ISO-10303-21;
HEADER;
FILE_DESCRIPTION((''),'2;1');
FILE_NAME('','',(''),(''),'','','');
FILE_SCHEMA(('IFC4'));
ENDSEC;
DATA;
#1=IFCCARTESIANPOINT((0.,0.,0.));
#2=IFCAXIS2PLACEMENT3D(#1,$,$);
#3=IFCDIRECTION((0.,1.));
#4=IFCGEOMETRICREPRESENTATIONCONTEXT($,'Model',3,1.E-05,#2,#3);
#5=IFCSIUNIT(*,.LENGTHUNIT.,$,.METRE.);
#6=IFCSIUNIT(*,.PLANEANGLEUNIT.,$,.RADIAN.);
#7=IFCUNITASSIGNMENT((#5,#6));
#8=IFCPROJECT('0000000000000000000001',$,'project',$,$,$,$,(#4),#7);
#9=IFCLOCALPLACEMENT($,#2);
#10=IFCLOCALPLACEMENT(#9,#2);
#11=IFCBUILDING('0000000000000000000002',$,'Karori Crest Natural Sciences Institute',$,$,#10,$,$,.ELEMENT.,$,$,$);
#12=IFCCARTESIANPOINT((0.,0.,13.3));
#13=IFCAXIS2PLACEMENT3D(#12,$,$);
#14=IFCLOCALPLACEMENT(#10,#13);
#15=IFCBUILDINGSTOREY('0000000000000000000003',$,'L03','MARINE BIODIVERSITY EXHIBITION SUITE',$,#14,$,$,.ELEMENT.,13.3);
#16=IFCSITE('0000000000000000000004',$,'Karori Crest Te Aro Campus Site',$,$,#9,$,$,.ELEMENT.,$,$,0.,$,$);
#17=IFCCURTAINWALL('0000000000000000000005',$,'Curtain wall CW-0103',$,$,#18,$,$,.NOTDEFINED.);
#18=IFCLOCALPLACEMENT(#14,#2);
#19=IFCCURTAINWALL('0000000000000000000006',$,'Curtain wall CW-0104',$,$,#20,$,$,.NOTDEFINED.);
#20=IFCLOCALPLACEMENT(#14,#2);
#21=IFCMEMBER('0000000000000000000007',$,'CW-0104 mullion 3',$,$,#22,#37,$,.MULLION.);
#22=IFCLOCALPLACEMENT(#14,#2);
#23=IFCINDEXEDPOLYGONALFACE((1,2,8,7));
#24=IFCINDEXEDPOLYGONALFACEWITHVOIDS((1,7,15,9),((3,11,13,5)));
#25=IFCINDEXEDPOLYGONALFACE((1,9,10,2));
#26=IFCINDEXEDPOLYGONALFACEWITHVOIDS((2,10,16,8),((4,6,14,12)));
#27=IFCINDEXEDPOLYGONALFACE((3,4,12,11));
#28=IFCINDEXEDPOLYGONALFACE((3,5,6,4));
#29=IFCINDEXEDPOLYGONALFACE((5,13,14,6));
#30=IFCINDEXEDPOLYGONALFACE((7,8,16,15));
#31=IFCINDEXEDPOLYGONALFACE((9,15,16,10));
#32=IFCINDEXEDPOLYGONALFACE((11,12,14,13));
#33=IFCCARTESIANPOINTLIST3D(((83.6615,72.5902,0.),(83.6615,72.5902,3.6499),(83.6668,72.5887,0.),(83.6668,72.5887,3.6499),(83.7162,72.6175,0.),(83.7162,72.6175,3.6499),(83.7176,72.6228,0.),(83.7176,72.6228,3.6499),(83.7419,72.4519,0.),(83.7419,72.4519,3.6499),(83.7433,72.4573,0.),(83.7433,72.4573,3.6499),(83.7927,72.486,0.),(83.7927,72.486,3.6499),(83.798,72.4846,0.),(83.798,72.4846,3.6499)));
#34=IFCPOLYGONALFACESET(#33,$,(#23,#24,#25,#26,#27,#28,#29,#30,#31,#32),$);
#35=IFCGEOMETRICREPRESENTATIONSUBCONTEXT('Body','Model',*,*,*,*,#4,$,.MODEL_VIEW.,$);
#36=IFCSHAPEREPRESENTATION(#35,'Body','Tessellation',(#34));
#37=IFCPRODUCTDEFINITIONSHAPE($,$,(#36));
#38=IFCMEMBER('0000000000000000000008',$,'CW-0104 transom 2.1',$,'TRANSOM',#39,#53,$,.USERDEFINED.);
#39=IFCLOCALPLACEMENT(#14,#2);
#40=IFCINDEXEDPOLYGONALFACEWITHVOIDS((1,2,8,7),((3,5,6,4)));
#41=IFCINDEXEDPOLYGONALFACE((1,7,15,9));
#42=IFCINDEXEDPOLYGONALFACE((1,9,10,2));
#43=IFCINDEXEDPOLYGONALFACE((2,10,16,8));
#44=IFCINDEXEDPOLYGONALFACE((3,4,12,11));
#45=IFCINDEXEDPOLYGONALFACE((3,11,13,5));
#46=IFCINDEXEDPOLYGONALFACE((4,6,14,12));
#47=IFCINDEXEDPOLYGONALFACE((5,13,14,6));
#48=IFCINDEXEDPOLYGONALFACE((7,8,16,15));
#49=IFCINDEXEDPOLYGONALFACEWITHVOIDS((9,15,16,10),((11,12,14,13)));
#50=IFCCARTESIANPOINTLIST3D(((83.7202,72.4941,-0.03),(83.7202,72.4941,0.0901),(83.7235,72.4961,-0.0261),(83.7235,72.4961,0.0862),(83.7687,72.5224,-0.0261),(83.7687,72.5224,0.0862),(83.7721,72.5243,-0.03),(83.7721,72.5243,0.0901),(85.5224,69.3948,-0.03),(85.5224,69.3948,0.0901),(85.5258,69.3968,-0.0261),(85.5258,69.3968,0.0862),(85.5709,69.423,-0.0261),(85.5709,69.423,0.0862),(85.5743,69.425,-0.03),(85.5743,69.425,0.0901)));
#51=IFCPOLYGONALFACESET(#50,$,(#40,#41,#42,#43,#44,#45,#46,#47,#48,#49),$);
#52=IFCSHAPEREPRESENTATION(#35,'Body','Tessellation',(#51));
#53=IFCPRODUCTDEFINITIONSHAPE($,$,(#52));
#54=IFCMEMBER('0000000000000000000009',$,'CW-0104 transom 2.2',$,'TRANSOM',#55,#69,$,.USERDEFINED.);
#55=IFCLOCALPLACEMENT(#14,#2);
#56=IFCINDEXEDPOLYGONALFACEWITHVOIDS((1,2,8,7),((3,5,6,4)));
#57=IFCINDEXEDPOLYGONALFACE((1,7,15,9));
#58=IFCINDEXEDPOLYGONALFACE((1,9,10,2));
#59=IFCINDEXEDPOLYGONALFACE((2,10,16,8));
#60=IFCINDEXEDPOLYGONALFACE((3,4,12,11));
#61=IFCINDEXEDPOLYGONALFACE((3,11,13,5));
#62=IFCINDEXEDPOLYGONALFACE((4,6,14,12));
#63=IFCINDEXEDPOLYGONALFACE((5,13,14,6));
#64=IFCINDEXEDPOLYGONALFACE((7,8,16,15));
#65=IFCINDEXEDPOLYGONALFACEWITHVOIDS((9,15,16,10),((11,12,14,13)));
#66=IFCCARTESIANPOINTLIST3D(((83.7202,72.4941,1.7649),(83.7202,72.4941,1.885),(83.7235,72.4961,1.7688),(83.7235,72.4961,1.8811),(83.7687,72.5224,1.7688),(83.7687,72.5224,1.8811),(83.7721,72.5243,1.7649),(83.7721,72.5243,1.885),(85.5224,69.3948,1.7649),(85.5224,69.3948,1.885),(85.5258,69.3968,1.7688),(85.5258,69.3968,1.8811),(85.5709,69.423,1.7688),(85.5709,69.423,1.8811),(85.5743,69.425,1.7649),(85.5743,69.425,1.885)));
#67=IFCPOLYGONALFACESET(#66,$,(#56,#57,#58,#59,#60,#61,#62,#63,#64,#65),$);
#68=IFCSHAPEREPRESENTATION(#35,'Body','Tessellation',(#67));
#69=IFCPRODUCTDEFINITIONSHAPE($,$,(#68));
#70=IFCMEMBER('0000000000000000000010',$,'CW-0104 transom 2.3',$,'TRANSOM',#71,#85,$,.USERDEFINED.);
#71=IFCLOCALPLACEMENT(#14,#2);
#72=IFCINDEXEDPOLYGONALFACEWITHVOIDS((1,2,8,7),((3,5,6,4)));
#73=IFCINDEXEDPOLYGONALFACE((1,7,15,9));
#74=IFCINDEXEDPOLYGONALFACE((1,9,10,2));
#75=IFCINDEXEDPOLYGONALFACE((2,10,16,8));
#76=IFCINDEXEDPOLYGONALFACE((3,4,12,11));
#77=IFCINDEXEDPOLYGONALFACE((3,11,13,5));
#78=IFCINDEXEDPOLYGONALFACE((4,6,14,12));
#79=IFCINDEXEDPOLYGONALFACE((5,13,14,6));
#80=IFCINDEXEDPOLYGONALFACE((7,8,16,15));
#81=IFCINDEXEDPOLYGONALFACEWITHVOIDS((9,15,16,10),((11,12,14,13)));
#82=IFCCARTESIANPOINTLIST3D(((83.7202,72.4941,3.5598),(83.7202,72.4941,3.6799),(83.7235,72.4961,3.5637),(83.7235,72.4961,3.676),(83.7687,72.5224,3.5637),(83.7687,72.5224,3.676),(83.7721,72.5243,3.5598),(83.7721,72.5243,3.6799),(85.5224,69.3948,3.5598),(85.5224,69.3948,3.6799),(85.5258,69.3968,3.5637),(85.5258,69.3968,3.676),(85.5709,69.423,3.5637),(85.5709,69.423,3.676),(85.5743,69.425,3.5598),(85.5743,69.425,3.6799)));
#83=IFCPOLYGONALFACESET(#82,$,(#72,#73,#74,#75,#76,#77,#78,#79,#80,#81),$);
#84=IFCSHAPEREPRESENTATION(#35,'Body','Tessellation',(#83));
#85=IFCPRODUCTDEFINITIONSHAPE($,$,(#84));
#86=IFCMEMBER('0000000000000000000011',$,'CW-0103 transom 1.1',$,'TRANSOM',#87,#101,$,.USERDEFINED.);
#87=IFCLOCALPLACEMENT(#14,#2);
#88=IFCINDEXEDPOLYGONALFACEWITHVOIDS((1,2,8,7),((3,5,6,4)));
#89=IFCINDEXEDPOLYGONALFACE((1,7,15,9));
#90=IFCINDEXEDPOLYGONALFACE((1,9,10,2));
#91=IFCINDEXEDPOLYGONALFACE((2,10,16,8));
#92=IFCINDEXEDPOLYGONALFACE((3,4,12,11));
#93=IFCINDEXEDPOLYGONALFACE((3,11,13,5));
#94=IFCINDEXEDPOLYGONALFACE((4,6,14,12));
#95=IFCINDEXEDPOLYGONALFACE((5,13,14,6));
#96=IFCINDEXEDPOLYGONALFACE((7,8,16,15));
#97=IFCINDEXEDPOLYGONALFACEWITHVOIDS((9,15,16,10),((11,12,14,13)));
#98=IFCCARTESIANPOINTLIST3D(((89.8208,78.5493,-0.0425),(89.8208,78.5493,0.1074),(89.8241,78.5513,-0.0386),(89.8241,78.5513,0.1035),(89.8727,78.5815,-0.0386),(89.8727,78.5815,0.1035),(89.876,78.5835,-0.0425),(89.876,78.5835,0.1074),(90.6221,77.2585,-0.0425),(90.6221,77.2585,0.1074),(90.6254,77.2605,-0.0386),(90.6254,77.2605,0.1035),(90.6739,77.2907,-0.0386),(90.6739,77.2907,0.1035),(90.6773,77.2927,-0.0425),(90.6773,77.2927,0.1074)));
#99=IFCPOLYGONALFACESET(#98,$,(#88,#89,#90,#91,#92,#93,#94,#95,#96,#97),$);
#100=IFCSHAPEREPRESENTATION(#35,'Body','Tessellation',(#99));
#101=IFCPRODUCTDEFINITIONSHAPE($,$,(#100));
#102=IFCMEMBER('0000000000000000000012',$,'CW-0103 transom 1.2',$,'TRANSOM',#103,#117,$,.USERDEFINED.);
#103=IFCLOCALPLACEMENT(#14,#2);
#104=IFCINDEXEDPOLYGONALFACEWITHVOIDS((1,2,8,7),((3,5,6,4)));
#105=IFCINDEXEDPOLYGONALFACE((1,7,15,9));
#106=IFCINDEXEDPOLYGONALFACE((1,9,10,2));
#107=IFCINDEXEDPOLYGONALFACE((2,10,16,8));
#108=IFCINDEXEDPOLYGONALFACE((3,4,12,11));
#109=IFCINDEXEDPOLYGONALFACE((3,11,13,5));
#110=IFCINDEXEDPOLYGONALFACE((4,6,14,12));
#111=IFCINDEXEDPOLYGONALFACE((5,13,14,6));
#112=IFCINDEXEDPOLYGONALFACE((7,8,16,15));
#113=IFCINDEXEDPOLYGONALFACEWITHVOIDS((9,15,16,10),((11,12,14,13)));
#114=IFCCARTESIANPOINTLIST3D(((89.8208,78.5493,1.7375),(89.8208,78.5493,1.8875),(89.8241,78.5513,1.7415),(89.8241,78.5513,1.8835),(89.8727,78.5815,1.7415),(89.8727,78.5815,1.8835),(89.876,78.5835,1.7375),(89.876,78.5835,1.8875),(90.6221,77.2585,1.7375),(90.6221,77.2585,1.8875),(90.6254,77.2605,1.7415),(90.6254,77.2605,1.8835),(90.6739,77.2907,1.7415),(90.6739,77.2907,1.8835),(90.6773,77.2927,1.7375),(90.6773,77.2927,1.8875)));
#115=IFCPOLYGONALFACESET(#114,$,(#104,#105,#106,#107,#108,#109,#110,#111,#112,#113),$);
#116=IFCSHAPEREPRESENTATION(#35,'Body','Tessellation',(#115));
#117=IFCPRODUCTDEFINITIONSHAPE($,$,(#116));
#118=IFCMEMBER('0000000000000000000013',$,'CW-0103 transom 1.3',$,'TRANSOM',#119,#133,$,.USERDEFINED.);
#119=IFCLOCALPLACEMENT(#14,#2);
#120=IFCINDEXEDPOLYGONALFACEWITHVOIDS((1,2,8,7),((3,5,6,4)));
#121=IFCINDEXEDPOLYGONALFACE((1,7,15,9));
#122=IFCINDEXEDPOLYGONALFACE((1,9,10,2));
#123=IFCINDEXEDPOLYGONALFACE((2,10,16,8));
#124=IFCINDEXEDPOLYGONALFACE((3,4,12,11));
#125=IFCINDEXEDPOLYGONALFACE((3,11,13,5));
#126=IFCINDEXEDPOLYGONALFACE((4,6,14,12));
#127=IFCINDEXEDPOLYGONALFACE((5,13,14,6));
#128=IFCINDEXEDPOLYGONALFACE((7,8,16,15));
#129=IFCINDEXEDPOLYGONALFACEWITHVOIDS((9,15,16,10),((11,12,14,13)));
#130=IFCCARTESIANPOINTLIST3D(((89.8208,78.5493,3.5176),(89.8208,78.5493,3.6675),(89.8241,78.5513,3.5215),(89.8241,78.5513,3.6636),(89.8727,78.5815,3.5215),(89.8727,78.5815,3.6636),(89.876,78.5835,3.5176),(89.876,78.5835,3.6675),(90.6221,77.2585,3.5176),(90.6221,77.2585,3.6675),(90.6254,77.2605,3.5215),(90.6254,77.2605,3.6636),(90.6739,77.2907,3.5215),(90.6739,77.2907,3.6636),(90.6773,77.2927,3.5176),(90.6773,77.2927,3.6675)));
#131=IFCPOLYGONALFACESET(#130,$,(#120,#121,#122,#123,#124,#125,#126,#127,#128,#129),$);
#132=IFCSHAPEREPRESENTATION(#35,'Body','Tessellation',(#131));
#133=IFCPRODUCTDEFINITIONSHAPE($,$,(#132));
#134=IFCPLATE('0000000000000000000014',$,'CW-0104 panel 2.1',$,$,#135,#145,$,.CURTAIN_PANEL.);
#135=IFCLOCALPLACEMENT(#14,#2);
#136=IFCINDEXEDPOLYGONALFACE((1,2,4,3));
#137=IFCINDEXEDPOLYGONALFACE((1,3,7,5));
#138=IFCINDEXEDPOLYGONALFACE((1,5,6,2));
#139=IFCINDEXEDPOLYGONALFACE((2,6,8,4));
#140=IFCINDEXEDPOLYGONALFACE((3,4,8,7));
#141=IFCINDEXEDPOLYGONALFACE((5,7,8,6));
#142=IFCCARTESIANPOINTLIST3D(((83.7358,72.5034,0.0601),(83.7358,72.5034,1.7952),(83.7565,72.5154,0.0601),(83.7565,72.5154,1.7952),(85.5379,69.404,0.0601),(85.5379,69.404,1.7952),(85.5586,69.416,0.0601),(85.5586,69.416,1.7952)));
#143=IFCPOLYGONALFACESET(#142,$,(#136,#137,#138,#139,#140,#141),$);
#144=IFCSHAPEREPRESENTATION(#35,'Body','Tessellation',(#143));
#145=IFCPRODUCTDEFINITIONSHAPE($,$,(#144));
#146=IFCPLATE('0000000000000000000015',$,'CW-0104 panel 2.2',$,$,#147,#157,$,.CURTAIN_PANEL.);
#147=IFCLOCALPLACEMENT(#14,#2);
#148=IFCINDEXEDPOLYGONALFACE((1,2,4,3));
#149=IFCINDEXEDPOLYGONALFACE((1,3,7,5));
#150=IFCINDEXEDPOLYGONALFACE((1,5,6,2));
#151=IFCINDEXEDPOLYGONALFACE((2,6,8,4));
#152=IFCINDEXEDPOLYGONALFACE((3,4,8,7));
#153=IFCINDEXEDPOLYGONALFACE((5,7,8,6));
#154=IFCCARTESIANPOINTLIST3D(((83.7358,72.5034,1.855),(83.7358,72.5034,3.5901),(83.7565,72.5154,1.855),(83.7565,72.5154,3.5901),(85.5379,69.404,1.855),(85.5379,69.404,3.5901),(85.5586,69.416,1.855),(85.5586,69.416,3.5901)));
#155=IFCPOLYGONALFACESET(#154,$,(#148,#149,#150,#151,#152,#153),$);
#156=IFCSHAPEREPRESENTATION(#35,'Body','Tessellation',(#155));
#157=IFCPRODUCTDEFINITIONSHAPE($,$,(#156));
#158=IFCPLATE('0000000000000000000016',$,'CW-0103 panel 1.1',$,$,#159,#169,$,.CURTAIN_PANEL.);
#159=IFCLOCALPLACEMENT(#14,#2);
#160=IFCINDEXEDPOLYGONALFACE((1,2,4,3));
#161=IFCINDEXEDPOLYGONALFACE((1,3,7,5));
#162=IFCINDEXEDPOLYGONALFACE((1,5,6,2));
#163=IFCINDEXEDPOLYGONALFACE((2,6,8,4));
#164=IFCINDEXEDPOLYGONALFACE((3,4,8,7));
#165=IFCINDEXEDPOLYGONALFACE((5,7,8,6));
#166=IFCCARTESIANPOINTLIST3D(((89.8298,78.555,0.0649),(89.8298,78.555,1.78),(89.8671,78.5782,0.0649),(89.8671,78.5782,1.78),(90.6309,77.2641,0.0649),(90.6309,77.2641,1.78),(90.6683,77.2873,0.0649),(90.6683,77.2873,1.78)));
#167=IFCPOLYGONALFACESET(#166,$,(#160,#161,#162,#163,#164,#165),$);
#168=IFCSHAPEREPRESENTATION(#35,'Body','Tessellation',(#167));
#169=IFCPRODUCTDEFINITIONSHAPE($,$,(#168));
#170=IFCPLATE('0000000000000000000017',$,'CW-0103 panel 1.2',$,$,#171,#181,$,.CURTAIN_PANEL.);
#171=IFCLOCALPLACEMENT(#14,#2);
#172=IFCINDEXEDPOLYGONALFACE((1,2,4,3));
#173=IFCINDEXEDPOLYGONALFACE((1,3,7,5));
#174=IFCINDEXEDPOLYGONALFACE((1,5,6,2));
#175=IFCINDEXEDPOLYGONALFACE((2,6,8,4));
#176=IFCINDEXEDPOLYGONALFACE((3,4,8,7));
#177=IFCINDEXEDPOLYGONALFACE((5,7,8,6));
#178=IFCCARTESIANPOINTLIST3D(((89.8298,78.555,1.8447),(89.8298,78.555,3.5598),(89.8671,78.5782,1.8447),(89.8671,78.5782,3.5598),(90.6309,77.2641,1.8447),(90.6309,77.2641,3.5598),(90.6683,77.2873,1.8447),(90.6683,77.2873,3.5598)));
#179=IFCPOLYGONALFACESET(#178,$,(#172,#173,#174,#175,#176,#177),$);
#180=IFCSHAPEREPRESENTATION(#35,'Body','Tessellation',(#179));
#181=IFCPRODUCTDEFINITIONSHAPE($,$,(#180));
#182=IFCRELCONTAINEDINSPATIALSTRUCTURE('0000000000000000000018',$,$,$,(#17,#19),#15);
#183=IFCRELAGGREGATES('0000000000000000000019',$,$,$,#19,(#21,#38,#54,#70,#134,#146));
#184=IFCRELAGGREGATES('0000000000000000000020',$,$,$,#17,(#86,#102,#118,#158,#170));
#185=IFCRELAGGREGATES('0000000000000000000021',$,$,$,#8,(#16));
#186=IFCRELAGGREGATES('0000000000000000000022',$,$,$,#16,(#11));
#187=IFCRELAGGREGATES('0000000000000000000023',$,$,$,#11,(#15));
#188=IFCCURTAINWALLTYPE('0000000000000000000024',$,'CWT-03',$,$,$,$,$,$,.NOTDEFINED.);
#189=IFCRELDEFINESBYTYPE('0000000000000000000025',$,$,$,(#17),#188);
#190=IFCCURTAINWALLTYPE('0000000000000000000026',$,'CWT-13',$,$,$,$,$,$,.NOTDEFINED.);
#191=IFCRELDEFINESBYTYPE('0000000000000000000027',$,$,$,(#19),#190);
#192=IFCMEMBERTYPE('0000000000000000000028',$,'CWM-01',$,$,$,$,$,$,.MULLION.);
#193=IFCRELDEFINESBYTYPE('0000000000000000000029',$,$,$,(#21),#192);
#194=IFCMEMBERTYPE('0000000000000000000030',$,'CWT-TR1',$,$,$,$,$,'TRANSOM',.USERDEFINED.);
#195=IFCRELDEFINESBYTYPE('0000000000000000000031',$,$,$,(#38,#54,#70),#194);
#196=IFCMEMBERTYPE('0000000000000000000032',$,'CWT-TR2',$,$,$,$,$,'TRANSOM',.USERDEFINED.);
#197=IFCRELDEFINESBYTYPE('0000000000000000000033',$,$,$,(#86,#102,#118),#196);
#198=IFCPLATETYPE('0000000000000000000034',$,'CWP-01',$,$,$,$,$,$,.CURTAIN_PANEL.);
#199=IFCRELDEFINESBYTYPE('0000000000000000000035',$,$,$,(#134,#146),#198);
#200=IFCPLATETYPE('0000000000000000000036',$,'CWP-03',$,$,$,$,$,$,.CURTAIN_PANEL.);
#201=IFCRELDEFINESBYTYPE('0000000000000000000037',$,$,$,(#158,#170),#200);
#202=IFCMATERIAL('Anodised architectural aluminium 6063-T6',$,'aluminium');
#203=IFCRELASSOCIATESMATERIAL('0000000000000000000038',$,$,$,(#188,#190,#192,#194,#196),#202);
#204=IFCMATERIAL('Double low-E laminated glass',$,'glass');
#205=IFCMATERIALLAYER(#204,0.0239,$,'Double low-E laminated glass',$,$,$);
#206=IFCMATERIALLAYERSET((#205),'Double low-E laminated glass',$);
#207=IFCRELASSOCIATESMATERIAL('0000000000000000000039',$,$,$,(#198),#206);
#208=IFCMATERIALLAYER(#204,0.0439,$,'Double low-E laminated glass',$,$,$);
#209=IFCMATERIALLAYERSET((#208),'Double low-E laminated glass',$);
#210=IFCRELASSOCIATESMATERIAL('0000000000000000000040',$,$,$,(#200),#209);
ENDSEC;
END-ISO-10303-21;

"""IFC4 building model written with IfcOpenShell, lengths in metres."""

from ifc_helpers import new_model, si_unit, direction, frame, origin, origin_2d, place, context, subcontext, project, spatial, rectangle, hollow_rectangle, extrude, material, layer, layer_set, material_profile, profile_set, type_object, element, aggregate, save


model = new_model("IFC4")

# Units and contexts
model_context = context("Model", 3, precision=1e-05, world=origin(), true_north=direction((0.0, 1.0)))
body_context = subcontext(model_context, "Body", "Model", "MODEL_VIEW")
ifc_project = project(units=[si_unit("LENGTHUNIT", "METRE"), si_unit("PLANEANGLEUNIT", "RADIAN")], contexts=[model_context])

# Site, building, storey
site_placement = place(None, origin())
site = spatial("IfcSite", under=ifc_project, at=site_placement, Name="Karori Crest Te Aro Campus Site", CompositionType="ELEMENT", RefElevation=0.0)
building_placement = place(site_placement, origin())
building = spatial("IfcBuilding", under=site, at=building_placement, Name="Karori Crest Natural Sciences Institute", CompositionType="ELEMENT")
storey_placement = place(building_placement, frame((0.0, 0.0, 13.3)))
storey = spatial("IfcBuildingStorey", under=building, at=storey_placement, Name="L03", Description="MARINE BIODIVERSITY EXHIBITION SUITE", CompositionType="ELEMENT", Elevation=13.3)

# Curtain wall
ifc_material_1 = material(Name="Anodised architectural aluminium 6063-T6", Category="aluminium")
curtain_wall_type_1 = type_object("IfcCurtainWallType", Name="CWT-03", PredefinedType="NOTDEFINED", material=ifc_material_1)
curtain_wall_1_placement = place(storey_placement, origin())
curtain_wall_1 = element("IfcCurtainWall", 1, at=curtain_wall_1_placement, inside=storey, type_object=curtain_wall_type_1, Name="Curtain wall CW-0103", PredefinedType="NOTDEFINED")
ifc_material_profile_1 = material_profile(ifc_material_1, hollow_rectangle(XDim=0.0649, YDim=0.1599, WallThickness=0.0039, at=origin_2d()), Name="CWM160x65x4")
ifc_profile_set_1 = profile_set([ifc_material_profile_1], Name="Anodised architectural aluminium 6063-T6")
member_type_1 = type_object("IfcMemberType", Name="CWM-01", PredefinedType="MULLION", material=ifc_profile_set_1)

# Curtain wall, members
curtain_wall_type_2 = type_object("IfcCurtainWallType", Name="CWT-13", PredefinedType="NOTDEFINED", material=ifc_material_1)
curtain_wall_2_placement = place(storey_placement, origin())
curtain_wall_2 = element("IfcCurtainWall", 2, at=curtain_wall_2_placement, inside=storey, type_object=curtain_wall_type_2, Name="Curtain wall CW-0104", PredefinedType="NOTDEFINED")
member_1_placement = place(storey_placement, frame((83.7297, 72.5374, 0.0), z_axis=(0.0, 0.0, 1.0), x_axis=(-0.864487, -0.502655, 0.0)))
member_1 = element("IfcMember", 3, at=member_1_placement, type_object=member_type_1, Name="CW-0104 mullion 3", PredefinedType="MULLION", context=body_context, shape_type="SweptSolid", body=[
    extrude(hollow_rectangle(XDim=0.0649, YDim=0.1599, WallThickness=0.0039, at=origin_2d()), origin(), (0.0, 0.0, 1.0), 3.6499),
])
ifc_material_profile_2 = material_profile(ifc_material_1, hollow_rectangle(XDim=0.0601, YDim=0.1201, WallThickness=0.0039, at=origin_2d()), Name="CWT120x60x4")
ifc_profile_set_2 = profile_set([ifc_material_profile_2], Name="Anodised architectural aluminium 6063-T6")
member_type_2 = type_object("IfcMemberType", Name="CWT-TR1", ElementType="TRANSOM", PredefinedType="USERDEFINED", material=ifc_profile_set_2)
member_2_placement = place(storey_placement, frame((85.5483, 69.4099, 0.03), z_axis=(-0.502681, 0.864472, 0.0), x_axis=(-0.864472, -0.502681, 0.0)))
member_2 = element("IfcMember", 4, at=member_2_placement, type_object=member_type_2, Name="CW-0104 transom 2.1", ObjectType="TRANSOM", PredefinedType="USERDEFINED", context=body_context, shape_type="SweptSolid", body=[
    extrude(hollow_rectangle(XDim=0.0601, YDim=0.1201, WallThickness=0.0039, at=origin_2d()), origin(), (0.0, 0.0, 1.0), 3.5852),
])
member_3_placement = place(storey_placement, frame((85.5483, 69.4099, 1.825), z_axis=(-0.502681, 0.864472, 0.0), x_axis=(-0.864472, -0.502681, 0.0)))
member_3 = element("IfcMember", 5, at=member_3_placement, type_object=member_type_2, Name="CW-0104 transom 2.2", ObjectType="TRANSOM", PredefinedType="USERDEFINED", context=body_context, shape_type="SweptSolid", body=[
    extrude(hollow_rectangle(XDim=0.0601, YDim=0.1201, WallThickness=0.0039, at=origin_2d()), origin(), (0.0, 0.0, 1.0), 3.5852),
])
member_4_placement = place(storey_placement, frame((85.5483, 69.4099, 3.6199), z_axis=(-0.502681, 0.864472, 0.0), x_axis=(-0.864472, -0.502681, 0.0)))
member_4 = element("IfcMember", 6, at=member_4_placement, type_object=member_type_2, Name="CW-0104 transom 2.3", ObjectType="TRANSOM", PredefinedType="USERDEFINED", context=body_context, shape_type="SweptSolid", body=[
    extrude(hollow_rectangle(XDim=0.0601, YDim=0.1201, WallThickness=0.0039, at=origin_2d()), origin(), (0.0, 0.0, 1.0), 3.5852),
])

# Members
ifc_material_profile_3 = material_profile(ifc_material_1, hollow_rectangle(XDim=0.0649, YDim=0.1499, WallThickness=0.0039, at=origin_2d()), Name="CWT150x65x4")
ifc_profile_set_3 = profile_set([ifc_material_profile_3], Name="Anodised architectural aluminium 6063-T6")
member_type_3 = type_object("IfcMemberType", Name="CWT-TR2", ElementType="TRANSOM", PredefinedType="USERDEFINED", material=ifc_profile_set_3)
member_5_placement = place(storey_placement, frame((89.8484, 78.5664, 0.0325), z_axis=(0.527411, -0.84961, 0.0), x_axis=(0.84961, 0.527411, 0.0)))
member_5 = element("IfcMember", 7, at=member_5_placement, type_object=member_type_3, Name="CW-0103 transom 1.1", ObjectType="TRANSOM", PredefinedType="USERDEFINED", context=body_context, shape_type="SweptSolid", body=[
    extrude(hollow_rectangle(XDim=0.0649, YDim=0.1499, WallThickness=0.0039, at=origin_2d()), origin(), (0.0, 0.0, 1.0), 1.5193),
])
member_6_placement = place(storey_placement, frame((89.8484, 78.5664, 1.8125), z_axis=(0.527411, -0.84961, 0.0), x_axis=(0.84961, 0.527411, 0.0)))
member_6 = element("IfcMember", 8, at=member_6_placement, type_object=member_type_3, Name="CW-0103 transom 1.2", ObjectType="TRANSOM", PredefinedType="USERDEFINED", context=body_context, shape_type="SweptSolid", body=[
    extrude(hollow_rectangle(XDim=0.0649, YDim=0.1499, WallThickness=0.0039, at=origin_2d()), origin(), (0.0, 0.0, 1.0), 1.5193),
])
member_7_placement = place(storey_placement, frame((89.8484, 78.5664, 3.5925), z_axis=(0.527411, -0.84961, 0.0), x_axis=(0.84961, 0.527411, 0.0)))
member_7 = element("IfcMember", 9, at=member_7_placement, type_object=member_type_3, Name="CW-0103 transom 1.3", ObjectType="TRANSOM", PredefinedType="USERDEFINED", context=body_context, shape_type="SweptSolid", body=[
    extrude(hollow_rectangle(XDim=0.0649, YDim=0.1499, WallThickness=0.0039, at=origin_2d()), origin(), (0.0, 0.0, 1.0), 1.5193),
])

# Plates
ifc_material_2 = material(Name="Double low-E laminated glass", Category="glass")
ifc_layer_1 = layer(ifc_material_2, 0.0239, Name="Double low-E laminated glass")
ifc_layer_set_1 = layer_set([ifc_layer_1], Name="Double low-E laminated glass")
plate_type_1 = type_object("IfcPlateType", Name="CWP-01", PredefinedType="CURTAIN_PANEL", material=ifc_layer_set_1)
plate_1_placement = place(storey_placement, frame((84.6472, 70.9597, 0.0601), z_axis=(0.0, 0.0, 1.0), x_axis=(-0.502655, 0.864487, 0.0)))
plate_1 = element("IfcPlate", 10, at=plate_1_placement, type_object=plate_type_1, Name="CW-0104 panel 2.1", PredefinedType="CURTAIN_PANEL", context=body_context, shape_type="SweptSolid", body=[
    extrude(rectangle(XDim=3.5852, YDim=0.0239, at=origin_2d()), origin(), (0.0, 0.0, 1.0), 1.7351),
])
plate_2_placement = place(storey_placement, frame((84.6472, 70.9597, 1.855), z_axis=(0.0, 0.0, 1.0), x_axis=(-0.502655, 0.864487, 0.0)))
plate_2 = element("IfcPlate", 11, at=plate_2_placement, type_object=plate_type_1, Name="CW-0104 panel 2.2", PredefinedType="CURTAIN_PANEL", context=body_context, shape_type="SweptSolid", body=[
    extrude(rectangle(XDim=3.5852, YDim=0.0239, at=origin_2d()), origin(), (0.0, 0.0, 1.0), 1.7351),
])
aggregate(curtain_wall_2, [member_1, member_2, member_3, member_4, plate_1, plate_2])
ifc_layer_2 = layer(ifc_material_2, 0.0439, Name="Double low-E laminated glass")
ifc_layer_set_2 = layer_set([ifc_layer_2], Name="Double low-E laminated glass")
plate_type_2 = type_object("IfcPlateType", Name="CWP-03", PredefinedType="CURTAIN_PANEL", material=ifc_layer_set_2)
plate_3_placement = place(storey_placement, frame((90.249, 77.9211, 0.0649), z_axis=(0.0, 0.0, 1.0), x_axis=(0.527328, -0.849662, 0.0)))
plate_3 = element("IfcPlate", 12, at=plate_3_placement, type_object=plate_type_2, Name="CW-0103 panel 1.1", PredefinedType="CURTAIN_PANEL", context=body_context, shape_type="SweptSolid", body=[
    extrude(rectangle(XDim=1.5193, YDim=0.0439, at=origin_2d()), origin(), (0.0, 0.0, 1.0), 1.7151),
])
plate_4_placement = place(storey_placement, frame((90.249, 77.9211, 1.8447), z_axis=(0.0, 0.0, 1.0), x_axis=(0.527328, -0.849662, 0.0)))
plate_4 = element("IfcPlate", 13, at=plate_4_placement, type_object=plate_type_2, Name="CW-0103 panel 1.2", PredefinedType="CURTAIN_PANEL", context=body_context, shape_type="SweptSolid", body=[
    extrude(rectangle(XDim=1.5193, YDim=0.0439, at=origin_2d()), origin(), (0.0, 0.0, 1.0), 1.7151),
])
aggregate(curtain_wall_1, [member_5, member_6, member_7, plate_3, plate_4])

save(model, "model.ifc")
